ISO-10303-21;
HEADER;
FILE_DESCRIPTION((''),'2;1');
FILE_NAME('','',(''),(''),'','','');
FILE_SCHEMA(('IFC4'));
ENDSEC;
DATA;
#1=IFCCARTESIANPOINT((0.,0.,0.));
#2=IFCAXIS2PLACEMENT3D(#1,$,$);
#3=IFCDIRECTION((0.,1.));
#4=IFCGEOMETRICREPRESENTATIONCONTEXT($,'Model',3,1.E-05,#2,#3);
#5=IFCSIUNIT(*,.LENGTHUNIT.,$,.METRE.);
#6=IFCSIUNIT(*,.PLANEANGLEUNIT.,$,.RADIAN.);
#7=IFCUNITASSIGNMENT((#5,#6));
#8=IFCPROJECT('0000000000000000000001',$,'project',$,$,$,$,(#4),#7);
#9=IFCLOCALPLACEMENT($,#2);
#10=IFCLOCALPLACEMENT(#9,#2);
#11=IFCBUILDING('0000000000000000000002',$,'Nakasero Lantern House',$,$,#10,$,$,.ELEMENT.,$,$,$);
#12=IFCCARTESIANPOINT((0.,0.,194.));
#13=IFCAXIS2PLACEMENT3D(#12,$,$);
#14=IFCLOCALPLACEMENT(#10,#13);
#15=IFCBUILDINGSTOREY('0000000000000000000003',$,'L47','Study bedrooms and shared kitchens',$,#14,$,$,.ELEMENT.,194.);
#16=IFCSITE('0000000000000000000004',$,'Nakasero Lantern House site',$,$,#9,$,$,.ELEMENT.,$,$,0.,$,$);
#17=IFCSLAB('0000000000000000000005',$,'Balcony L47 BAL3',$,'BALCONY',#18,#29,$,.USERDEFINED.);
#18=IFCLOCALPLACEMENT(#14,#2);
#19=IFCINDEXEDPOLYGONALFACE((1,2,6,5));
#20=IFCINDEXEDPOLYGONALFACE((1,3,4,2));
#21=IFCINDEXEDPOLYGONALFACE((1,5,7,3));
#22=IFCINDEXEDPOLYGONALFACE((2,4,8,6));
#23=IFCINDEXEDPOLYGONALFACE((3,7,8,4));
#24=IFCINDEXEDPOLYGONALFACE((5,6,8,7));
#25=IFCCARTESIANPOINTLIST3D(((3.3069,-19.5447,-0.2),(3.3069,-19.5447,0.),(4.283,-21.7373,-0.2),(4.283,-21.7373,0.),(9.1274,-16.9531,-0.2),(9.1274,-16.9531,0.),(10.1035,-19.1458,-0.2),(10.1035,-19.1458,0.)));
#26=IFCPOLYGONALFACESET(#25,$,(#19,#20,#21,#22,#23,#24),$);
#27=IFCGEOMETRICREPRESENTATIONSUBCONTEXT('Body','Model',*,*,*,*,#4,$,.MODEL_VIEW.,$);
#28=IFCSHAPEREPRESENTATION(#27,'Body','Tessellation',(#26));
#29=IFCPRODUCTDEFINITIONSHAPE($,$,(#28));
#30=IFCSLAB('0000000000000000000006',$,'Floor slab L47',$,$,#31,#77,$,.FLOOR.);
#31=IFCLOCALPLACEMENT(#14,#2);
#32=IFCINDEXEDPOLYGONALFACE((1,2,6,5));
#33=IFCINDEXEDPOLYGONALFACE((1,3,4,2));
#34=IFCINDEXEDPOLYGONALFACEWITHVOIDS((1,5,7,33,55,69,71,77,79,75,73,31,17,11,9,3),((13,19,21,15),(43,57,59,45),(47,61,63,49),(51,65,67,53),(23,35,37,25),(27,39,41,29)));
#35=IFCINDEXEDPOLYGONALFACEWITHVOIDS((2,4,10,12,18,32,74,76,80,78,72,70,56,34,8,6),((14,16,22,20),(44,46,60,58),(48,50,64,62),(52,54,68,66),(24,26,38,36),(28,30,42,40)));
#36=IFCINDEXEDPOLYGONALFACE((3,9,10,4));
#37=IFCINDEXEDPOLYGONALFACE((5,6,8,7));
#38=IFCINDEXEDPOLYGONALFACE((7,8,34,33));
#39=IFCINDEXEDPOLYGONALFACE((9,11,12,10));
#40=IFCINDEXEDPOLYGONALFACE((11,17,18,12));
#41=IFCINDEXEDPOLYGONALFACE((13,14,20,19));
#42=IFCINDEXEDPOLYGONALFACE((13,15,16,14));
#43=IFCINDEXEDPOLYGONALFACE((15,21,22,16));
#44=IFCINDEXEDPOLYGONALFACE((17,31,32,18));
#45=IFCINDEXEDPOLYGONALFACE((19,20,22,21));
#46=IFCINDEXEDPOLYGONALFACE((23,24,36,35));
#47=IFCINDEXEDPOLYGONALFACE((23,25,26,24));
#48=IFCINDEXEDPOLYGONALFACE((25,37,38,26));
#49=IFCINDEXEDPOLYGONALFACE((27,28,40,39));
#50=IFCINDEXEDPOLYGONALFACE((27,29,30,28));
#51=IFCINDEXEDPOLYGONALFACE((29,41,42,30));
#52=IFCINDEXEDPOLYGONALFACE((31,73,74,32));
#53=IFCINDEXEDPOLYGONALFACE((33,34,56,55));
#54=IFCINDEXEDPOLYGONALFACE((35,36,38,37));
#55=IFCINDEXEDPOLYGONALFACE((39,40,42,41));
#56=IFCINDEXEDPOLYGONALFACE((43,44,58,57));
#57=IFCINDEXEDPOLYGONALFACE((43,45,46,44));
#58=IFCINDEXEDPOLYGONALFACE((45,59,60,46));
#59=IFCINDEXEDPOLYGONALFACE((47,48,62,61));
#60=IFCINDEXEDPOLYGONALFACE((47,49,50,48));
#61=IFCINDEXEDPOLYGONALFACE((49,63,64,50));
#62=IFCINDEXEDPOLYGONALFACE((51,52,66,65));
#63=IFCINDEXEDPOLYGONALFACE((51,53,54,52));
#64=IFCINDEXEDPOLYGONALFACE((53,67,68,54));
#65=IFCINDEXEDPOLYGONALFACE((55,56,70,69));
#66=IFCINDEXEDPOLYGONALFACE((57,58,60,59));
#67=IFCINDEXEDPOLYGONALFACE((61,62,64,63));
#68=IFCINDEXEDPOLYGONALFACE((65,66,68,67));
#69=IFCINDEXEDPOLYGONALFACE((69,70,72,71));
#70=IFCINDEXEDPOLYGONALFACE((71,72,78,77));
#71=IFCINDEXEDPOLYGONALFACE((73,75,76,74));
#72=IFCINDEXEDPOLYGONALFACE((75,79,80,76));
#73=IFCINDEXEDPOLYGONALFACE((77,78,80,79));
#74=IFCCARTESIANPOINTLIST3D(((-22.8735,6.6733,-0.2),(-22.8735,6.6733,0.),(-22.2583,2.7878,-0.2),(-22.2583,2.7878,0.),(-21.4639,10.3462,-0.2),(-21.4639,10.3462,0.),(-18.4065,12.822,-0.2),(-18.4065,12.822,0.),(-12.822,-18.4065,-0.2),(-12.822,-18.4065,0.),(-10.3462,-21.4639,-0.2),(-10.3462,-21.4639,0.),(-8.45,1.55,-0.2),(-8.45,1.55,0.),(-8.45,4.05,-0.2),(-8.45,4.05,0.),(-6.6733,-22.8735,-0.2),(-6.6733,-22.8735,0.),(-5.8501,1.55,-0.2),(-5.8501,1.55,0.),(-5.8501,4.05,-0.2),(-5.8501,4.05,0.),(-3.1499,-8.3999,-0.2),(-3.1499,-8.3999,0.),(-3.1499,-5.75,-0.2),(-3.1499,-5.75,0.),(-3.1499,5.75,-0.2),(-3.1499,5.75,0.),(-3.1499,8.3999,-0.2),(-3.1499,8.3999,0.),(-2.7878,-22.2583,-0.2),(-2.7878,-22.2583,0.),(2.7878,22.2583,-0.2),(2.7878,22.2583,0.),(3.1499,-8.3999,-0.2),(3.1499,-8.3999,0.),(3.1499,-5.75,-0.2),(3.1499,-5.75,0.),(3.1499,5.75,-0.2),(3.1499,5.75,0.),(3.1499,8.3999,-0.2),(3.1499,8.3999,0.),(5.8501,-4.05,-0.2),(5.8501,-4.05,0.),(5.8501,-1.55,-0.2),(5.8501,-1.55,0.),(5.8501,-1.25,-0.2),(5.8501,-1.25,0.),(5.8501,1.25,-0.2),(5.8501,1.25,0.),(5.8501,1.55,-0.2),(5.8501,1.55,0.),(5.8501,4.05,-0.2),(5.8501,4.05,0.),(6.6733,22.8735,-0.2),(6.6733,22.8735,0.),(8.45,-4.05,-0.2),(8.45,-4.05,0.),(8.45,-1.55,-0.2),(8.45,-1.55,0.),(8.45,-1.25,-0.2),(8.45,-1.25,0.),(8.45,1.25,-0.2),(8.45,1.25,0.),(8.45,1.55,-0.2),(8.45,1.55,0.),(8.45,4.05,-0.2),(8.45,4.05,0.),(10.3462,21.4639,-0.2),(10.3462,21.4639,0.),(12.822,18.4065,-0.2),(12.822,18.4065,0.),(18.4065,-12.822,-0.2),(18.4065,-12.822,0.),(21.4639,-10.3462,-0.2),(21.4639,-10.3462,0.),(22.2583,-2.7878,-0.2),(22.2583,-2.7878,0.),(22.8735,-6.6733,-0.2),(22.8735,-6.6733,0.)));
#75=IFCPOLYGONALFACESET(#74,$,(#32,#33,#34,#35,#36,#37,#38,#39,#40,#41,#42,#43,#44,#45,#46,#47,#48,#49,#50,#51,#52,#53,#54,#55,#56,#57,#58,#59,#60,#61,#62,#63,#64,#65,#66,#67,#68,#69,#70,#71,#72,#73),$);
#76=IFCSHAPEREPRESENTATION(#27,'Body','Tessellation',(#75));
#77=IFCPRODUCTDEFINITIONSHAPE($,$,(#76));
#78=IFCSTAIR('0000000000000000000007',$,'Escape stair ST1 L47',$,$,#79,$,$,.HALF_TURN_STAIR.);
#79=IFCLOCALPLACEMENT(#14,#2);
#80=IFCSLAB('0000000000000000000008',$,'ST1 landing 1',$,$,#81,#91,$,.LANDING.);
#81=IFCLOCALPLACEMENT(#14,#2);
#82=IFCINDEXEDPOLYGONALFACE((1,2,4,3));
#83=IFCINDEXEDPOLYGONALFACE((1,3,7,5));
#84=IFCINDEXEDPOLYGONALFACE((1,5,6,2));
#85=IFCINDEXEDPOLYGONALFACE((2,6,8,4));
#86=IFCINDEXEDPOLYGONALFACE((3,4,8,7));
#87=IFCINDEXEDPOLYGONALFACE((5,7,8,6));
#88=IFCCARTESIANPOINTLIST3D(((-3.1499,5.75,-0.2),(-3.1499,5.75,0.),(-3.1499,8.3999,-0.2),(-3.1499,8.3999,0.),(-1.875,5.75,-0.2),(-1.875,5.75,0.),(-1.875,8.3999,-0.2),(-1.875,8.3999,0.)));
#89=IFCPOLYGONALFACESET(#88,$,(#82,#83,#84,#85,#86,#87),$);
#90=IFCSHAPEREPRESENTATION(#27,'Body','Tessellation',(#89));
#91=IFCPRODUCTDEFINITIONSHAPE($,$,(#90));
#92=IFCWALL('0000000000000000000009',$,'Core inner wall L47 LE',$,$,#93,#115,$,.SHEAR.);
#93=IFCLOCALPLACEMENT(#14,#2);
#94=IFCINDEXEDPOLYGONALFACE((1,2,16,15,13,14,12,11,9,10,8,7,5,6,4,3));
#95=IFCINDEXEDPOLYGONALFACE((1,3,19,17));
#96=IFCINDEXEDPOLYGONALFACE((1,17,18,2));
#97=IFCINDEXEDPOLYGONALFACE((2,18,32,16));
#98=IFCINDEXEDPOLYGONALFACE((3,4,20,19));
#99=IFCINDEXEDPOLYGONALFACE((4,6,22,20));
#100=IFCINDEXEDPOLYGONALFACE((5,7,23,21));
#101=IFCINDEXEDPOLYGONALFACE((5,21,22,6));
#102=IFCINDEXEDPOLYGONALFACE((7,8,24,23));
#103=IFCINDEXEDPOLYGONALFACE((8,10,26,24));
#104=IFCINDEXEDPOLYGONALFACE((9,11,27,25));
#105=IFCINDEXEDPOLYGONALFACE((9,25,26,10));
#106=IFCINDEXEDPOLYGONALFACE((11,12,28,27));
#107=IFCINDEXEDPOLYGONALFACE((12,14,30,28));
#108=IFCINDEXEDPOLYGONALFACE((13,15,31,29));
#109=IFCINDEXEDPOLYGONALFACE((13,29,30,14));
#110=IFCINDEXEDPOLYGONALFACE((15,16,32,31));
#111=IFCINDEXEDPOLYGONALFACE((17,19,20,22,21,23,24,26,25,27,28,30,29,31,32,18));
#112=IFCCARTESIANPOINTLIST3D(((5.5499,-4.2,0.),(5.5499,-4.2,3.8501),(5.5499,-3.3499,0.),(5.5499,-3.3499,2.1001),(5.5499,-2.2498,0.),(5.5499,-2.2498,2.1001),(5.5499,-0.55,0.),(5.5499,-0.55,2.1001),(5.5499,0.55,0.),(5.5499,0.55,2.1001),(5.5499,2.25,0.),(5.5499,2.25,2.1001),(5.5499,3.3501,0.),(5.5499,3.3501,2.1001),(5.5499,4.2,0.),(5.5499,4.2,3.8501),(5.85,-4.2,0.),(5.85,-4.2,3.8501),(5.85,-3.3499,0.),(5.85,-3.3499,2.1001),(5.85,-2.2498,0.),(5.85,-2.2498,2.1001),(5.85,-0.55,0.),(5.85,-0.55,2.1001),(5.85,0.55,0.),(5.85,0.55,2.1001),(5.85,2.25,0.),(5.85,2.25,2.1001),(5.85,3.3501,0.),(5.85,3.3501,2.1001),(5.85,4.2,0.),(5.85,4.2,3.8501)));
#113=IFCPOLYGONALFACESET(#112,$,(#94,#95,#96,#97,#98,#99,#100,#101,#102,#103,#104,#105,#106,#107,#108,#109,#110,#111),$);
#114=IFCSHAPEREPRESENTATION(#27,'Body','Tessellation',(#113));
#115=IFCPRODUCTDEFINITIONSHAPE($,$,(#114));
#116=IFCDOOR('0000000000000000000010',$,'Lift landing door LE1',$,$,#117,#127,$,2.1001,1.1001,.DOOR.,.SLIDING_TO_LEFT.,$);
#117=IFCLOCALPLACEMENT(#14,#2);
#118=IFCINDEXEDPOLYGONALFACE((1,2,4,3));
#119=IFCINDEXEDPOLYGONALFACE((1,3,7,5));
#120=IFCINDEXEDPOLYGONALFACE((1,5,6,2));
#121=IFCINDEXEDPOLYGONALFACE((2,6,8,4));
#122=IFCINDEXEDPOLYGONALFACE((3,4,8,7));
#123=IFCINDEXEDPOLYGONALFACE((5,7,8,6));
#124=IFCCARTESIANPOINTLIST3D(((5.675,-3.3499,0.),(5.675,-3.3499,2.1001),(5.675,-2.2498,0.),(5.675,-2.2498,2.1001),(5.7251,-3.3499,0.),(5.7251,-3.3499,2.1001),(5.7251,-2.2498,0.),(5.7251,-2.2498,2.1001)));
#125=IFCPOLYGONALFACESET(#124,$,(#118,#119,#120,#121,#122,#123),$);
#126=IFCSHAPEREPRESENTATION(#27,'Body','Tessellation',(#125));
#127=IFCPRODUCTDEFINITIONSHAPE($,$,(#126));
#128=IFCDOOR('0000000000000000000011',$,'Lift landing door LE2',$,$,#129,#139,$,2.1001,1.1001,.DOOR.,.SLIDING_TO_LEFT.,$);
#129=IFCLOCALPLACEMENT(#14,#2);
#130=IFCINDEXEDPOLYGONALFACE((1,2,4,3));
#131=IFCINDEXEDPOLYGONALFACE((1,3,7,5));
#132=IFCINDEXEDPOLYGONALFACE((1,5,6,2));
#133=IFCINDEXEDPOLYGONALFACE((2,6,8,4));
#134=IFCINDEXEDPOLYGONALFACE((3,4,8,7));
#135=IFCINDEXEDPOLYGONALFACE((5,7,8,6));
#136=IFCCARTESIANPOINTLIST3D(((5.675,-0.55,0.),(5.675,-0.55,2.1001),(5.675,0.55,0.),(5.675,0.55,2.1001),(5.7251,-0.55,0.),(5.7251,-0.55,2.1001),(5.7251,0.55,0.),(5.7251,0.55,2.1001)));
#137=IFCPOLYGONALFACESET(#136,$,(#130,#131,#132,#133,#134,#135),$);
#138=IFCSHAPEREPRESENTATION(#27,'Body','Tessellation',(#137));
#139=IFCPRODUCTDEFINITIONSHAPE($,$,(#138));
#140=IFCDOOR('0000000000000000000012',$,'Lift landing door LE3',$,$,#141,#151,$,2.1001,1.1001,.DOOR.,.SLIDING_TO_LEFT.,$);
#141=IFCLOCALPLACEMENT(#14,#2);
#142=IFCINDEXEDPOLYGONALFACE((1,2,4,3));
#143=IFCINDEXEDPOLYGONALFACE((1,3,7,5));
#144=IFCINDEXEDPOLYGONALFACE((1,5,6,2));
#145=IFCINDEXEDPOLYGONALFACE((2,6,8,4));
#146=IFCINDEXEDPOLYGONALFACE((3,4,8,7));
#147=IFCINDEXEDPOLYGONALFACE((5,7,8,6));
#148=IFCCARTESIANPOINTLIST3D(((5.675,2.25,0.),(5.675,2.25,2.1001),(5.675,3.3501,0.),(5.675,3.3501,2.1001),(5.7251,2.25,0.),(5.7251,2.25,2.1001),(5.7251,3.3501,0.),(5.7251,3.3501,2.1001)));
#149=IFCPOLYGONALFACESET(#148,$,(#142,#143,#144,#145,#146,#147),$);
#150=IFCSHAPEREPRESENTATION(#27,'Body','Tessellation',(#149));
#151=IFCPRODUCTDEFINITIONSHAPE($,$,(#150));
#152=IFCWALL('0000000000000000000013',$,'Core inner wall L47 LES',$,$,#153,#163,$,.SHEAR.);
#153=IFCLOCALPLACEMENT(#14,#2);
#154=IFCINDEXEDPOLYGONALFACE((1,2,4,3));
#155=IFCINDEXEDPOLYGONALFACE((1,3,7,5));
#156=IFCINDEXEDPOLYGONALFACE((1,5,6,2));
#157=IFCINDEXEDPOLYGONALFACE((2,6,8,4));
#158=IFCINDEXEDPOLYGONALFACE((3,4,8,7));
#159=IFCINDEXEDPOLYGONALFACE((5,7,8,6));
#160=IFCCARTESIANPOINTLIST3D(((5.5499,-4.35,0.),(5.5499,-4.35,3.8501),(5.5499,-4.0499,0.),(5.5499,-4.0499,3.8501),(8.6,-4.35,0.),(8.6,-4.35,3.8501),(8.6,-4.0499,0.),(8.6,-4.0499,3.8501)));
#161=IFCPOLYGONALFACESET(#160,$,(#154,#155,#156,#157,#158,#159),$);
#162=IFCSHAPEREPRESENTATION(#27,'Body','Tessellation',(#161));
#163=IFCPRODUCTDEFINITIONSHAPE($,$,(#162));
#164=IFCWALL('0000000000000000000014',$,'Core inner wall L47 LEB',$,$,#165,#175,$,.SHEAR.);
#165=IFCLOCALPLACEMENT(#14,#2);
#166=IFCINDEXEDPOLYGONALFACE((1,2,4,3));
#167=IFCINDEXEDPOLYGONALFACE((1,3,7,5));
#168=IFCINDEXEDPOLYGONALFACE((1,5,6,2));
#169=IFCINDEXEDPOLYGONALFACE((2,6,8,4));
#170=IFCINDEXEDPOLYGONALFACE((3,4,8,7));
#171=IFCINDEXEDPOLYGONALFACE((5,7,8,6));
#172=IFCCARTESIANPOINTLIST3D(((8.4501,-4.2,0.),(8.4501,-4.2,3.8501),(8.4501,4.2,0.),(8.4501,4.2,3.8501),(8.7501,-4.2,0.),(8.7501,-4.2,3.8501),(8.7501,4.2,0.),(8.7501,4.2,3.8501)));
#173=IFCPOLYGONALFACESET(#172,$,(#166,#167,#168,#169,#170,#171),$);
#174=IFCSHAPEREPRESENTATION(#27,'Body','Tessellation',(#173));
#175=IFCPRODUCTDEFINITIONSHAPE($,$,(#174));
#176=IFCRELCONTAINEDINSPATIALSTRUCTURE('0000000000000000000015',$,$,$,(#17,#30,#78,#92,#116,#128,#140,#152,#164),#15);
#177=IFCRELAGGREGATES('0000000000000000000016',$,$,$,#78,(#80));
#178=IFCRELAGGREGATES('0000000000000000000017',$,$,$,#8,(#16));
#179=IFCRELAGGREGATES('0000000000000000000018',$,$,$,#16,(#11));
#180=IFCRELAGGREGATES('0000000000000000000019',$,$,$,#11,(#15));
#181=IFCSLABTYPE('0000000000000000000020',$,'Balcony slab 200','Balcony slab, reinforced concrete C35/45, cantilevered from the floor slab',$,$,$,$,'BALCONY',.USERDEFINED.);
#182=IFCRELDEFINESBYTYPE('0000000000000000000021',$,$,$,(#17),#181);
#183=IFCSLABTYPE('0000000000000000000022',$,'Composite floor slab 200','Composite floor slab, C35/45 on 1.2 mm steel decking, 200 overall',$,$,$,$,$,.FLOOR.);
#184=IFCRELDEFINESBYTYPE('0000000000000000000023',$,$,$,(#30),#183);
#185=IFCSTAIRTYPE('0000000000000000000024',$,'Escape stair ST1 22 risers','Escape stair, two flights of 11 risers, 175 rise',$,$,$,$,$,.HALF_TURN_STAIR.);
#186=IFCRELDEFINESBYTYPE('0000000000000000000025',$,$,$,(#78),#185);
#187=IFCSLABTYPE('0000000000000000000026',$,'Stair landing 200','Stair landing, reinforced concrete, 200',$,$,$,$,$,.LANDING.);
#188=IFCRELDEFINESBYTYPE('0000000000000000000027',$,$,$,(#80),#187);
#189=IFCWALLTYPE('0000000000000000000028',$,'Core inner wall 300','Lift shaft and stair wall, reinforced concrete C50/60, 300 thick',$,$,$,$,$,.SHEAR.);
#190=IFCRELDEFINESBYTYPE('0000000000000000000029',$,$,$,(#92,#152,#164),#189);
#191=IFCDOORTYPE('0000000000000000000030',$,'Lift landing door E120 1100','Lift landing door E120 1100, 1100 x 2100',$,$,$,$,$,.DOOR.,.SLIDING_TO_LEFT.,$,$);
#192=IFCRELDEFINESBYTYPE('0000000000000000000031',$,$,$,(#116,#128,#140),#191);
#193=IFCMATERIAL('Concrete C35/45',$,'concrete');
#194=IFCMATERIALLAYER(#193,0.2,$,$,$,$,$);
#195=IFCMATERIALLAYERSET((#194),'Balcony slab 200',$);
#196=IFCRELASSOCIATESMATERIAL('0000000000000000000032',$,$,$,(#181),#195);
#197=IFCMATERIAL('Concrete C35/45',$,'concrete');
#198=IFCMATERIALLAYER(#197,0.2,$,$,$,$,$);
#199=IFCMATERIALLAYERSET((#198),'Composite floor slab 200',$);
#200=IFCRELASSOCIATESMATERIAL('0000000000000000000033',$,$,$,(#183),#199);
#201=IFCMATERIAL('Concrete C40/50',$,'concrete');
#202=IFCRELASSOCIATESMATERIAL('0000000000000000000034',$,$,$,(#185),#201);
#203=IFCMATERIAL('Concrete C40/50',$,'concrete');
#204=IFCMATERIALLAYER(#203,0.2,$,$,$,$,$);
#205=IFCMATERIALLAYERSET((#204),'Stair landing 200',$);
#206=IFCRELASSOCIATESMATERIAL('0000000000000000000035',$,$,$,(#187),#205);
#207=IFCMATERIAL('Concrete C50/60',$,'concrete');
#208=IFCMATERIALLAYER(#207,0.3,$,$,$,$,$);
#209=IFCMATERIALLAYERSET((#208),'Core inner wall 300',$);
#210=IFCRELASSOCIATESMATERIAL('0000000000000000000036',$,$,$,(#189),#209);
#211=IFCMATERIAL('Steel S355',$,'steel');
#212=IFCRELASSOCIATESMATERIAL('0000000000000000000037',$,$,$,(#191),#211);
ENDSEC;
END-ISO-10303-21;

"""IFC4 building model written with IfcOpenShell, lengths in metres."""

from ifc_helpers import new_model, si_unit, direction, frame, frame_2d, origin, place, context, subcontext, project, spatial, polyline, rectangle, outline, extrude, material, layer, layer_set, type_object, element, fill, aggregate, save


model = new_model("IFC4")

# Units and contexts
model_context = context("Model", 3, precision=1e-05, world=origin(), true_north=direction((0.0, 1.0)))
body_context = subcontext(model_context, "Body", "Model", "MODEL_VIEW")
ifc_project = project(units=[si_unit("LENGTHUNIT", "METRE"), si_unit("PLANEANGLEUNIT", "RADIAN")], contexts=[model_context])

# Site, building, storey
site_placement = place(None, origin())
site = spatial("IfcSite", under=ifc_project, at=site_placement, Name="Nakasero Lantern House site", CompositionType="ELEMENT", RefElevation=0.0)
building_placement = place(site_placement, origin())
building = spatial("IfcBuilding", under=site, at=building_placement, Name="Nakasero Lantern House", CompositionType="ELEMENT")
storey_placement = place(building_placement, frame((0.0, 0.0, 194.0)))
storey = spatial("IfcBuildingStorey", under=building, at=storey_placement, Name="L47", Description="Study bedrooms and shared kitchens", CompositionType="ELEMENT", Elevation=194.0)

# Slabs
ifc_material_1 = material(Name="Concrete C35/45", Category="concrete")
ifc_layer_1 = layer(ifc_material_1, 0.2)
ifc_layer_set_1 = layer_set([ifc_layer_1], Name="Balcony slab 200")
slab_type_1 = type_object("IfcSlabType", Name="Balcony slab 200", Description="Balcony slab, reinforced concrete C35/45, cantilevered from the floor slab", ElementType="BALCONY", PredefinedType="USERDEFINED", material=ifc_layer_set_1)
slab_1_placement = place(storey_placement, frame((0.0, 0.0, -0.2)))
element("IfcSlab", 1, at=slab_1_placement, inside=storey, type_object=slab_type_1, Name="Balcony L47 BAL3", ObjectType="BALCONY", PredefinedType="USERDEFINED", context=body_context, shape_type="SweptSolid", body=[
    extrude(outline(polyline([(3.3069, -19.5447), (4.283, -21.7373), (10.1035, -19.1458), (9.1274, -16.9531), (3.3069, -19.5447)])), origin(), (0.0, 0.0, 1.0), 0.2),
])
ifc_material_2 = material(Name="Concrete C35/45", Category="concrete")
ifc_layer_2 = layer(ifc_material_2, 0.2)
ifc_layer_set_2 = layer_set([ifc_layer_2], Name="Composite floor slab 200")
slab_type_2 = type_object("IfcSlabType", Name="Composite floor slab 200", Description="Composite floor slab, C35/45 on 1.2 mm steel decking, 200 overall", PredefinedType="FLOOR", material=ifc_layer_set_2)
slab_2_placement = place(storey_placement, frame((0.0, 0.0, -0.2)))
element("IfcSlab", 2, at=slab_2_placement, inside=storey, type_object=slab_type_2, Name="Floor slab L47", PredefinedType="FLOOR", context=body_context, shape_type="SweptSolid", body=[
    extrude(outline(polyline([(12.822, 18.4065), (10.3462, 21.4639), (6.6733, 22.8735), (2.7878, 22.2583), (-18.4065, 12.822), (-21.4639, 10.3462), (-22.8735, 6.6733), (-22.2583, 2.7878), (-12.822, -18.4065), (-10.3462, -21.4639), (-6.6733, -22.8735), (-2.7878, -22.2583), (18.4065, -12.822), (21.4639, -10.3462), (22.8735, -6.6733), (22.2583, -2.7878), (12.822, 18.4065)]), holes=[polyline([(-8.45, 1.55), (-5.8501, 1.55), (-5.8501, 4.05), (-8.45, 4.05), (-8.45, 1.55)]), polyline([(5.8501, -4.05), (8.45, -4.05), (8.45, -1.55), (5.8501, -1.55), (5.8501, -4.05)]), polyline([(5.8501, -1.25), (8.45, -1.25), (8.45, 1.25), (5.8501, 1.25), (5.8501, -1.25)]), polyline([(5.8501, 1.55), (8.45, 1.55), (8.45, 4.05), (5.8501, 4.05), (5.8501, 1.55)]), polyline([(-3.1499, 5.75), (3.1499, 5.75), (3.1499, 8.3999), (-3.1499, 8.3999), (-3.1499, 5.75)]), polyline([(-3.1499, -8.3999), (3.1499, -8.3999), (3.1499, -5.75), (-3.1499, -5.75), (-3.1499, -8.3999)])]), origin(), (0.0, 0.0, 1.0), 0.2),
])

# Stair, slab
ifc_material_3 = material(Name="Concrete C40/50", Category="concrete")
stair_type_1 = type_object("IfcStairType", Name="Escape stair ST1 22 risers", Description="Escape stair, two flights of 11 risers, 175 rise", PredefinedType="HALF_TURN_STAIR", material=ifc_material_3)
stair_1_placement = place(storey_placement, origin())
stair_1 = element("IfcStair", 3, at=stair_1_placement, inside=storey, type_object=stair_type_1, Name="Escape stair ST1 L47", PredefinedType="HALF_TURN_STAIR")
ifc_material_4 = material(Name="Concrete C40/50", Category="concrete")
ifc_layer_3 = layer(ifc_material_4, 0.2)
ifc_layer_set_3 = layer_set([ifc_layer_3], Name="Stair landing 200")
slab_type_3 = type_object("IfcSlabType", Name="Stair landing 200", Description="Stair landing, reinforced concrete, 200", PredefinedType="LANDING", material=ifc_layer_set_3)
slab_3_placement = place(storey_placement, frame((0.0, 0.0, -0.2)))
slab_3 = element("IfcSlab", 4, at=slab_3_placement, type_object=slab_type_3, Name="ST1 landing 1", PredefinedType="LANDING", context=body_context, shape_type="SweptSolid", body=[
    extrude(outline(polyline([(-3.1499, 5.75), (-1.875, 5.75), (-1.875, 8.3999), (-3.1499, 8.3999), (-3.1499, 5.75)])), origin(), (0.0, 0.0, 1.0), 0.2),
])
aggregate(stair_1, [slab_3])

# Wall, openings, doors
ifc_material_5 = material(Name="Concrete C50/60", Category="concrete")
ifc_layer_4 = layer(ifc_material_5, 0.3)
ifc_layer_set_4 = layer_set([ifc_layer_4], Name="Core inner wall 300")
wall_type_1 = type_object("IfcWallType", Name="Core inner wall 300", Description="Lift shaft and stair wall, reinforced concrete C50/60, 300 thick", PredefinedType="SHEAR", material=ifc_layer_set_4)
wall_1_placement = place(storey_placement, frame((5.7, -4.2, 0.0), z_axis=(0.0, 0.0, 1.0), x_axis=(0.0, 1.0, 0.0)))
wall_1 = element("IfcWall", 5, at=wall_1_placement, inside=storey, type_object=wall_type_1, Name="Core inner wall L47 LE", PredefinedType="SHEAR", context=body_context, shape_type="SweptSolid", body=[
    extrude(rectangle(XDim=8.3999, YDim=0.3, at=frame_2d((4.2, 0.0))), origin(), (0.0, 0.0, 1.0), 3.8501),
])
opening_1_placement = place(wall_1_placement, frame((0.8501, 0.0, 0.0)))
opening_1 = element("IfcOpeningElement", 6, at=opening_1_placement, cuts=wall_1, PredefinedType="OPENING", context=body_context, shape_type="SweptSolid", body=[
    extrude(rectangle(XDim=1.1001, YDim=2.1001, at=frame_2d((0.55, 1.05))), frame((0.0, 0.1699, 0.0), z_axis=(0.0, -1.0, 0.0), x_axis=(1.0, 0.0, 0.0)), (0.0, 0.0, 1.0), 0.3401),
])
opening_2_placement = place(wall_1_placement, frame((3.6499, 0.0, 0.0)))
opening_2 = element("IfcOpeningElement", 7, at=opening_2_placement, cuts=wall_1, PredefinedType="OPENING", context=body_context, shape_type="SweptSolid", body=[
    extrude(rectangle(XDim=1.1001, YDim=2.1001, at=frame_2d((0.55, 1.05))), frame((0.0, 0.1699, 0.0), z_axis=(0.0, -1.0, 0.0), x_axis=(1.0, 0.0, 0.0)), (0.0, 0.0, 1.0), 0.3401),
])
opening_3_placement = place(wall_1_placement, frame((6.45, 0.0, 0.0)))
opening_3 = element("IfcOpeningElement", 8, at=opening_3_placement, cuts=wall_1, PredefinedType="OPENING", context=body_context, shape_type="SweptSolid", body=[
    extrude(rectangle(XDim=1.1001, YDim=2.1001, at=frame_2d((0.55, 1.05))), frame((0.0, 0.1699, 0.0), z_axis=(0.0, -1.0, 0.0), x_axis=(1.0, 0.0, 0.0)), (0.0, 0.0, 1.0), 0.3401),
])
ifc_material_6 = material(Name="Steel S355", Category="steel")
door_type_1 = type_object("IfcDoorType", Name="Lift landing door E120 1100", Description="Lift landing door E120 1100, 1100 x 2100", OperationType="SLIDING_TO_LEFT", PredefinedType="DOOR", material=ifc_material_6)
door_1_placement = place(opening_1_placement, origin())
door_1 = element("IfcDoor", 9, at=door_1_placement, inside=storey, type_object=door_type_1, Name="Lift landing door LE1", OperationType="SLIDING_TO_LEFT", OverallHeight=2.1001, OverallWidth=1.1001, PredefinedType="DOOR", context=body_context, shape_type="SweptSolid", body=[
    extrude(rectangle(XDim=1.1001, YDim=2.1001, at=frame_2d((0.55, 1.05))), frame((0.0, 0.0249, 0.0), z_axis=(0.0, -1.0, 0.0), x_axis=(1.0, 0.0, 0.0)), (0.0, 0.0, 1.0), 0.05),
])
fill(opening_1, door_1)
door_2_placement = place(opening_2_placement, origin())
door_2 = element("IfcDoor", 10, at=door_2_placement, inside=storey, type_object=door_type_1, Name="Lift landing door LE2", OperationType="SLIDING_TO_LEFT", OverallHeight=2.1001, OverallWidth=1.1001, PredefinedType="DOOR", context=body_context, shape_type="SweptSolid", body=[
    extrude(rectangle(XDim=1.1001, YDim=2.1001, at=frame_2d((0.55, 1.05))), frame((0.0, 0.0249, 0.0), z_axis=(0.0, -1.0, 0.0), x_axis=(1.0, 0.0, 0.0)), (0.0, 0.0, 1.0), 0.05),
])
fill(opening_2, door_2)
door_3_placement = place(opening_3_placement, origin())
door_3 = element("IfcDoor", 11, at=door_3_placement, inside=storey, type_object=door_type_1, Name="Lift landing door LE3", OperationType="SLIDING_TO_LEFT", OverallHeight=2.1001, OverallWidth=1.1001, PredefinedType="DOOR", context=body_context, shape_type="SweptSolid", body=[
    extrude(rectangle(XDim=1.1001, YDim=2.1001, at=frame_2d((0.55, 1.05))), frame((0.0, 0.0249, 0.0), z_axis=(0.0, -1.0, 0.0), x_axis=(1.0, 0.0, 0.0)), (0.0, 0.0, 1.0), 0.05),
])
fill(opening_3, door_3)

# Walls
wall_2_placement = place(storey_placement, frame((5.55, -4.2, 0.0), z_axis=(0.0, 0.0, 1.0), x_axis=(1.0, 0.0, 0.0)))
element("IfcWall", 12, at=wall_2_placement, inside=storey, type_object=wall_type_1, Name="Core inner wall L47 LES", PredefinedType="SHEAR", context=body_context, shape_type="SweptSolid", body=[
    extrude(rectangle(XDim=3.05, YDim=0.3, at=frame_2d((1.5249, 0.0))), origin(), (0.0, 0.0, 1.0), 3.8501),
])
wall_3_placement = place(storey_placement, frame((8.6001, -4.2, 0.0), z_axis=(0.0, 0.0, 1.0), x_axis=(0.0, 1.0, 0.0)))
element("IfcWall", 13, at=wall_3_placement, inside=storey, type_object=wall_type_1, Name="Core inner wall L47 LEB", PredefinedType="SHEAR", context=body_context, shape_type="SweptSolid", body=[
    extrude(rectangle(XDim=8.3999, YDim=0.3, at=frame_2d((4.2, 0.0))), origin(), (0.0, 0.0, 1.0), 3.8501),
])

save(model, "model.ifc")
